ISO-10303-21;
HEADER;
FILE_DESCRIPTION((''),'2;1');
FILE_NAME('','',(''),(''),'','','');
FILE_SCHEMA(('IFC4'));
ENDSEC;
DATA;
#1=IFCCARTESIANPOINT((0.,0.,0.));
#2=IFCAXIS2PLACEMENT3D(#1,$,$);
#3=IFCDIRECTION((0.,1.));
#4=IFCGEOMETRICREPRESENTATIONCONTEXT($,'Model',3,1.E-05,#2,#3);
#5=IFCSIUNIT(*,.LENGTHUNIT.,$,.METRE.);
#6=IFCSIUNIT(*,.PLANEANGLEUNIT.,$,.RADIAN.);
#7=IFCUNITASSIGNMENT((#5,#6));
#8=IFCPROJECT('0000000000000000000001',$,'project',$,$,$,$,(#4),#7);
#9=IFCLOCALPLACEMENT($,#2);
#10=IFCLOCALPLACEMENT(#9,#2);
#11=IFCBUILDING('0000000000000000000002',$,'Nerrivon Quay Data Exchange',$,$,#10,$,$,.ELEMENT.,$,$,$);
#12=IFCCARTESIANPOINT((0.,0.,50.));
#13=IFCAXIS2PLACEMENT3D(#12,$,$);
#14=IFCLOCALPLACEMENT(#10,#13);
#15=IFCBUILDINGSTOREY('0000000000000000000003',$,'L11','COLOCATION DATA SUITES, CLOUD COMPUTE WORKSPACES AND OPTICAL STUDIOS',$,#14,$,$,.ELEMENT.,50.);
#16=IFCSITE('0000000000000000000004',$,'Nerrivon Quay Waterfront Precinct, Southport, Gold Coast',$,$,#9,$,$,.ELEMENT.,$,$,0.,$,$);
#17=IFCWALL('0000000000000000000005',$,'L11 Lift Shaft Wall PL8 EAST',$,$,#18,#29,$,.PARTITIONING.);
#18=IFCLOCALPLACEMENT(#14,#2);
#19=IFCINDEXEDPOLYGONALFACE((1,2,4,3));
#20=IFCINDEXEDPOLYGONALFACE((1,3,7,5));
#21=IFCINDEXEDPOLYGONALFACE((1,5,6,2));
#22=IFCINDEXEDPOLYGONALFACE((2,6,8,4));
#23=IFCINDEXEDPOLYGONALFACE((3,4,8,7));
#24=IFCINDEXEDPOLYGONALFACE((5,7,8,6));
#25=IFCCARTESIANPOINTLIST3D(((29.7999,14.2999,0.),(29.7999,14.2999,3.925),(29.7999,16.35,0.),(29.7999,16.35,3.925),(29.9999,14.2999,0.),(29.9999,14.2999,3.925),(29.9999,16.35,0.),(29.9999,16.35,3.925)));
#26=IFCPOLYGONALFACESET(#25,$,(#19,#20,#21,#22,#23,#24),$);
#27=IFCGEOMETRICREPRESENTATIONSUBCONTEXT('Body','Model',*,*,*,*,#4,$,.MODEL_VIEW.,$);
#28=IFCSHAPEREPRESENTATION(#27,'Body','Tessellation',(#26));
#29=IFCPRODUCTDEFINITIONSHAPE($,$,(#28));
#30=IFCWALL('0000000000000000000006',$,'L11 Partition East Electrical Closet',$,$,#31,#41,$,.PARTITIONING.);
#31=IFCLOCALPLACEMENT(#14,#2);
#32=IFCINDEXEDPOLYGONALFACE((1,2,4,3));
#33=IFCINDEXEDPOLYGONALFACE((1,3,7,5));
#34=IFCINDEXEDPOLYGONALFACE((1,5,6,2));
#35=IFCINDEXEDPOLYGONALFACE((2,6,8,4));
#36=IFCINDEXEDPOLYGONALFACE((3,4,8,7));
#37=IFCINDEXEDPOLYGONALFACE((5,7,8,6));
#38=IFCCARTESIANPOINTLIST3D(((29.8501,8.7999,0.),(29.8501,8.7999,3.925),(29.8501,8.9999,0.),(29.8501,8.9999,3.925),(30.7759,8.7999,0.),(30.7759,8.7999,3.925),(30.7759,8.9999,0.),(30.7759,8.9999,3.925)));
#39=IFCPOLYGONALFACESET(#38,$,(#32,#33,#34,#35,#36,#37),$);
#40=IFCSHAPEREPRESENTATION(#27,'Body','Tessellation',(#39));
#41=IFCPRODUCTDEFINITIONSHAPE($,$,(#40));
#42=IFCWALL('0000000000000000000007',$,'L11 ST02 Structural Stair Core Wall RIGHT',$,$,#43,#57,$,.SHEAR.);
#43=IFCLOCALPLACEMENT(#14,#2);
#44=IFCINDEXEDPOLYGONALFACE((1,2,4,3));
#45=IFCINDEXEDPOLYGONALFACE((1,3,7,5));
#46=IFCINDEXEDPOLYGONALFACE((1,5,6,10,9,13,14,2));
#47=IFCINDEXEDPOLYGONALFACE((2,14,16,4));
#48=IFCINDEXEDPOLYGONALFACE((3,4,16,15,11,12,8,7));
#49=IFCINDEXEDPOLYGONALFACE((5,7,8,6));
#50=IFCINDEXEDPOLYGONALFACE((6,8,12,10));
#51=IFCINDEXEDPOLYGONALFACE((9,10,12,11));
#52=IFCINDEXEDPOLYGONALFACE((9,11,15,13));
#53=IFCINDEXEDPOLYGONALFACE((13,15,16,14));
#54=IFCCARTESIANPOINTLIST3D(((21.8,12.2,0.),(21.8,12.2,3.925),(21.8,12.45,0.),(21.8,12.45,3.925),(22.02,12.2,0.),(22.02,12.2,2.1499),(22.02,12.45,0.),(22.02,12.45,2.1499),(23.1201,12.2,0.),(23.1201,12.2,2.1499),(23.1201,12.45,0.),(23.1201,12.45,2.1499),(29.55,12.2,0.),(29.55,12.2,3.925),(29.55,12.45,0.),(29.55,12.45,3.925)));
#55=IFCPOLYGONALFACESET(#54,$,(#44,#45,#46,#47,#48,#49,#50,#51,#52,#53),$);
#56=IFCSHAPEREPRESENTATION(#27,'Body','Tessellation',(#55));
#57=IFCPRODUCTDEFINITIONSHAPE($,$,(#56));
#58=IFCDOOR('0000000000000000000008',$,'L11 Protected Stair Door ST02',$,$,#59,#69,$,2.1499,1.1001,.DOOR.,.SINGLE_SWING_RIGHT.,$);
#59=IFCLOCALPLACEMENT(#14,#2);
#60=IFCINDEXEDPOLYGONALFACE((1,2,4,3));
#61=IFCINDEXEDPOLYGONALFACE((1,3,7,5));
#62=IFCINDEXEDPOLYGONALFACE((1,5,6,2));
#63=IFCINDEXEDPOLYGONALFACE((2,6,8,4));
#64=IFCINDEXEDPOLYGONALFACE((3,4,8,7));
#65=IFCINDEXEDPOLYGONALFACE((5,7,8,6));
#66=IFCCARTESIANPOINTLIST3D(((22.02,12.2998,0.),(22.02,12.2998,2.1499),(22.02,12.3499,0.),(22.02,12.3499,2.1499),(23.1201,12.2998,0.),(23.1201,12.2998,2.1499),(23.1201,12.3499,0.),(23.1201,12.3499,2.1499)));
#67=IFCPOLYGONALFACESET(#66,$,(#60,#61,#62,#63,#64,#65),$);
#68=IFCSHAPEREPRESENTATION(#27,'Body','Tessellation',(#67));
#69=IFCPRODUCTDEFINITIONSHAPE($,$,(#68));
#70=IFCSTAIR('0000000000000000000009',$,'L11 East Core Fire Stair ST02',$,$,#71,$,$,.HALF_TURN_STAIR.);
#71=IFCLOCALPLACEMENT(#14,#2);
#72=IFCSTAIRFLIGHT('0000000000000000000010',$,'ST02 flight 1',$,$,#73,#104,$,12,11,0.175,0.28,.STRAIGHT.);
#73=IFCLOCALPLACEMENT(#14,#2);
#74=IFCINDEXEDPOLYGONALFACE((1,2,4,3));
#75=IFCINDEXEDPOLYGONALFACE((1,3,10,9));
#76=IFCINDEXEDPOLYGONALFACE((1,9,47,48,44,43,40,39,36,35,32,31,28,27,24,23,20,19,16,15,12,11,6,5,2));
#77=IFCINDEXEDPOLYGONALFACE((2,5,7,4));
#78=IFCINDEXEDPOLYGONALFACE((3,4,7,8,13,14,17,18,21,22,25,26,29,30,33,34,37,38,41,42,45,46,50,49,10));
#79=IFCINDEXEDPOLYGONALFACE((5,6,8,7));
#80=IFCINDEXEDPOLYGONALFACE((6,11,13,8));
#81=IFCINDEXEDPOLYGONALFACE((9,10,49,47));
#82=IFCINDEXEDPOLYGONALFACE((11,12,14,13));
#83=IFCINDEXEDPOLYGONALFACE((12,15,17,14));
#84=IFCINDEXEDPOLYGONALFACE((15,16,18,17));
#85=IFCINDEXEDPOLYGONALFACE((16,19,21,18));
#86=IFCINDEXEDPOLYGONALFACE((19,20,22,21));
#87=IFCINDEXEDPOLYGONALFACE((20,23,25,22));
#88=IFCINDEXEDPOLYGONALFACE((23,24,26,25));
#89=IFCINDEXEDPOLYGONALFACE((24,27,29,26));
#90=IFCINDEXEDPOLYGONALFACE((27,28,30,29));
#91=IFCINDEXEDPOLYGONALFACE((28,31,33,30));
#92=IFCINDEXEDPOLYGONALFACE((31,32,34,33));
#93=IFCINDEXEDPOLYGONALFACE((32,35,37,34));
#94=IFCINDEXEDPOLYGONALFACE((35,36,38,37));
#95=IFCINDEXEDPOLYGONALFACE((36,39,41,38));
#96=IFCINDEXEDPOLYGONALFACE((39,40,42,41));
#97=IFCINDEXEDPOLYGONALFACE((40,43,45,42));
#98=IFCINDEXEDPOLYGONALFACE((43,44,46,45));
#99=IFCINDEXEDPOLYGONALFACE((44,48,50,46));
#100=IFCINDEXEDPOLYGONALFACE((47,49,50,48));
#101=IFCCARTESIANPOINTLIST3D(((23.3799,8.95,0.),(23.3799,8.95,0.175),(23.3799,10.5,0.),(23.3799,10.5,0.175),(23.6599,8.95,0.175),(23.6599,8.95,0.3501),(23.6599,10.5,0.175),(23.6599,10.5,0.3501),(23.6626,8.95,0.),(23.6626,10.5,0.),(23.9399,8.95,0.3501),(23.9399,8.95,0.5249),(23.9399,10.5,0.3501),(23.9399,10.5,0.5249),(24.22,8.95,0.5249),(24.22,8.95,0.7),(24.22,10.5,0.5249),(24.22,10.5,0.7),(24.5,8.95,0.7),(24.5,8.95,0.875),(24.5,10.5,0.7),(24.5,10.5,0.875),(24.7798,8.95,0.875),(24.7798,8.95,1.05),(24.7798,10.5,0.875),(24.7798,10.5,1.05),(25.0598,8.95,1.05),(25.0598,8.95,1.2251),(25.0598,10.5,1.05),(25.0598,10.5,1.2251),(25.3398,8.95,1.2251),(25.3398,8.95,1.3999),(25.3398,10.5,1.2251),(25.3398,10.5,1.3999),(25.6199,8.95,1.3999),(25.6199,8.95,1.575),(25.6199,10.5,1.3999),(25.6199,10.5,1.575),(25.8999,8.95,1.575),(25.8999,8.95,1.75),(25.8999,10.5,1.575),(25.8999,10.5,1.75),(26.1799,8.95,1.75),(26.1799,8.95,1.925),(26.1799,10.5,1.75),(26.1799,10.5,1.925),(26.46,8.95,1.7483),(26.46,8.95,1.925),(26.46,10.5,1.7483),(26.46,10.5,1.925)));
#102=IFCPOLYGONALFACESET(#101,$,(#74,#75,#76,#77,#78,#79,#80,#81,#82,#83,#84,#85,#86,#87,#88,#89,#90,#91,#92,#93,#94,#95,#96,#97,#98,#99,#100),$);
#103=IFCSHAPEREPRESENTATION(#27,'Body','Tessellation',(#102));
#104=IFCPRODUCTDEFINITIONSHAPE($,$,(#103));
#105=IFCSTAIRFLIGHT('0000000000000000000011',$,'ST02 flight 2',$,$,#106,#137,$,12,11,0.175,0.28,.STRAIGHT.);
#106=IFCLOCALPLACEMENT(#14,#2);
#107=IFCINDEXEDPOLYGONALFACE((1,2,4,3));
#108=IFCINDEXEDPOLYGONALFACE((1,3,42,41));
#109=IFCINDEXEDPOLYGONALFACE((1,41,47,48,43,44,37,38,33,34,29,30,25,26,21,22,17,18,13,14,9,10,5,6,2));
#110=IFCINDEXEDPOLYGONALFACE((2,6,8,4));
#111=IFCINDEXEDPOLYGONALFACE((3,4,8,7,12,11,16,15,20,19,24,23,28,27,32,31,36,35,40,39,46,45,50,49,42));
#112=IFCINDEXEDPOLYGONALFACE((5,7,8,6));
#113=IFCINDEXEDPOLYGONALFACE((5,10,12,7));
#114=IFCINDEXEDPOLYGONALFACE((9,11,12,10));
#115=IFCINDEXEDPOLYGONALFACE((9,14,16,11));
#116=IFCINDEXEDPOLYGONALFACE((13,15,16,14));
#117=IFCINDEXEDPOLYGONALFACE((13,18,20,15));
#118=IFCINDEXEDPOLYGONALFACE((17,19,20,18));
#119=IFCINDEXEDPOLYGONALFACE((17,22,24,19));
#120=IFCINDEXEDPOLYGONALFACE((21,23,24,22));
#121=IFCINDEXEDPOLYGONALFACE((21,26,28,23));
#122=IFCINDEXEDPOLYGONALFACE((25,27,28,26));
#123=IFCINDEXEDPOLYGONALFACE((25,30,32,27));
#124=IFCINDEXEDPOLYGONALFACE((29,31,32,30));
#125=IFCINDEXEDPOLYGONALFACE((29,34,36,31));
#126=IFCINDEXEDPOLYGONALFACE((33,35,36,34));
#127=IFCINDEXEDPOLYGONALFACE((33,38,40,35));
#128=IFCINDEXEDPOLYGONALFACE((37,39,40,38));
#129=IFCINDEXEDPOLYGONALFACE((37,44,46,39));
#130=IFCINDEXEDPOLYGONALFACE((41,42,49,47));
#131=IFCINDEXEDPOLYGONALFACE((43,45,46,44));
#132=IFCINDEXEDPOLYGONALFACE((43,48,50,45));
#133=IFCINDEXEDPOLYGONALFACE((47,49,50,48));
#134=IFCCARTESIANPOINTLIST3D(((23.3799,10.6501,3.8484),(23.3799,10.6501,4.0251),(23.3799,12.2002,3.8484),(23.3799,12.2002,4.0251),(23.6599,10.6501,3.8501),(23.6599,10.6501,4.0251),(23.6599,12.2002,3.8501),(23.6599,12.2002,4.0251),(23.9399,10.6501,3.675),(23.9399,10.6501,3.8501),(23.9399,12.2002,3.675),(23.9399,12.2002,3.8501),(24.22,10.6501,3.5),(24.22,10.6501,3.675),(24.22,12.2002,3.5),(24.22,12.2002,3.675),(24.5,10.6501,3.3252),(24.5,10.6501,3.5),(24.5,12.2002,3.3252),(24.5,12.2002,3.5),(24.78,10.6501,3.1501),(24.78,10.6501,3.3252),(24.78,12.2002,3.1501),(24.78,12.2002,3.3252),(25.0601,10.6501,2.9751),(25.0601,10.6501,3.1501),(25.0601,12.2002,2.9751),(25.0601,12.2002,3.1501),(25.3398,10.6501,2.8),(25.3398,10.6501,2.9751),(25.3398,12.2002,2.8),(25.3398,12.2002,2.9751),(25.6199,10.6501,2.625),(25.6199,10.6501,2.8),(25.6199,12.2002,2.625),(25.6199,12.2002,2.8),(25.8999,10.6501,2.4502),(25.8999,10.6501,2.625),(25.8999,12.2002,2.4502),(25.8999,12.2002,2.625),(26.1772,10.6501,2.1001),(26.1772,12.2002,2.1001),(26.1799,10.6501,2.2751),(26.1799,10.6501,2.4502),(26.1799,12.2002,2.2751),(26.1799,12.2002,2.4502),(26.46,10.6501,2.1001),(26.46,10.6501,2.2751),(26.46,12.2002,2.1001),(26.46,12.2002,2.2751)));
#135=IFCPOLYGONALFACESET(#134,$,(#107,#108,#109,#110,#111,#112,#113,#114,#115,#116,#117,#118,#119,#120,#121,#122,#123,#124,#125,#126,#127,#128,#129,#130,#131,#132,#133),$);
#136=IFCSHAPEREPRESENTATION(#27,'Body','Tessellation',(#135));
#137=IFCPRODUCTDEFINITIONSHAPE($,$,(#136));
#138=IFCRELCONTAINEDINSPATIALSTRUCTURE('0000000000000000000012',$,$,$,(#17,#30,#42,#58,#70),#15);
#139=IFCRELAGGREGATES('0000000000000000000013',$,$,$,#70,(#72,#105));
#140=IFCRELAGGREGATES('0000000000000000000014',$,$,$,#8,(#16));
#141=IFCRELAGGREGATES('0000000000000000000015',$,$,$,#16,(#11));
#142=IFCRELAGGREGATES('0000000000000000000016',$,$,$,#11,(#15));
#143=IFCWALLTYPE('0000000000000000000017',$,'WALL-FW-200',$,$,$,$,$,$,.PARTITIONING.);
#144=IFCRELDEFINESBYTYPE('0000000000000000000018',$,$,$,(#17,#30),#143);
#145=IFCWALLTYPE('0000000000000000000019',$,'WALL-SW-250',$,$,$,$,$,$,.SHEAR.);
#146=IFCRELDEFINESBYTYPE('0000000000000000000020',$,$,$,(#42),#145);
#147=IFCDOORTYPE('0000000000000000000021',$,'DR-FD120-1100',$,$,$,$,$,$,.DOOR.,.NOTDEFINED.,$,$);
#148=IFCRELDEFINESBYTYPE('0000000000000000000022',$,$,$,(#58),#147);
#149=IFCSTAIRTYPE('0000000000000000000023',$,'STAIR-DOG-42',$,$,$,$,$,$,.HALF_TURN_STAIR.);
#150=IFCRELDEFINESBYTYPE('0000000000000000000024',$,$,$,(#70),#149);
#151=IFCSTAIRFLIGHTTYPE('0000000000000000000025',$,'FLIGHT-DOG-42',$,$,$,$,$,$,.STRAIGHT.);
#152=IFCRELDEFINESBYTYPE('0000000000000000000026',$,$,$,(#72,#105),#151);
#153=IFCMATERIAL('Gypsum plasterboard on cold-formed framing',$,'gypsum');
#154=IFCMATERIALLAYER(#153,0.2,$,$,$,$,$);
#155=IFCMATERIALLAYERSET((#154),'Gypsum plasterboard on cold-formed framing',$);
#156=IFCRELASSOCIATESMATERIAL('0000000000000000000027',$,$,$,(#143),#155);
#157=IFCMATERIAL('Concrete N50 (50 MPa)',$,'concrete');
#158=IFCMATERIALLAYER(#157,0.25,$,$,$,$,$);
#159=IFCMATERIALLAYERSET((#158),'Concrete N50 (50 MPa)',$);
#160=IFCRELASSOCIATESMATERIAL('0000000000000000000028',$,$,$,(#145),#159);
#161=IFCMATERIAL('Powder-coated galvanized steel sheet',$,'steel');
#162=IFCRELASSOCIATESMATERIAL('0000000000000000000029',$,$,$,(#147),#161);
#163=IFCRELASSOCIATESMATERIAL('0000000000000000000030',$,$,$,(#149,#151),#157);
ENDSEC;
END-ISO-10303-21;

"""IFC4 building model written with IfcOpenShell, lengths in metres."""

from ifc_helpers import new_model, si_unit, direction, frame, frame_2d, origin, place, context, subcontext, project, spatial, polyline, rectangle, outline, extrude, material, layer, layer_set, type_object, element, fill, aggregate, save


model = new_model("IFC4")

# Units and contexts
model_context = context("Model", 3, precision=1e-05, world=origin(), true_north=direction((0.0, 1.0)))
body_context = subcontext(model_context, "Body", "Model", "MODEL_VIEW")
ifc_project = project(units=[si_unit("LENGTHUNIT", "METRE"), si_unit("PLANEANGLEUNIT", "RADIAN")], contexts=[model_context])

# Site, building, storey
site_placement = place(None, origin())
site = spatial("IfcSite", under=ifc_project, at=site_placement, Name="Nerrivon Quay Waterfront Precinct, Southport, Gold Coast", CompositionType="ELEMENT", RefElevation=0.0)
building_placement = place(site_placement, origin())
building = spatial("IfcBuilding", under=site, at=building_placement, Name="Nerrivon Quay Data Exchange", CompositionType="ELEMENT")
storey_placement = place(building_placement, frame((0.0, 0.0, 50.0)))
storey = spatial("IfcBuildingStorey", under=building, at=storey_placement, Name="L11", Description="COLOCATION DATA SUITES, CLOUD COMPUTE WORKSPACES AND OPTICAL STUDIOS", CompositionType="ELEMENT", Elevation=50.0)

# Shared definitions
ifc_material_1 = material(Name="Gypsum plasterboard on cold-formed framing", Category="gypsum")
ifc_layer_1 = layer(ifc_material_1, 0.2)
ifc_layer_set_1 = layer_set([ifc_layer_1], Name="Gypsum plasterboard on cold-formed framing")
wall_type_1 = type_object("IfcWallType", Name="WALL-FW-200", PredefinedType="PARTITIONING", material=ifc_layer_set_1)

# Shared definitions
ifc_material_2 = material(Name="Powder-coated galvanized steel sheet", Category="steel")

# Walls
wall_1_placement = place(storey_placement, frame((29.8999, 14.3, 0.0), z_axis=(0.0, 0.0, 1.0), x_axis=(0.0, 1.0, 0.0)))
element("IfcWall", 1, at=wall_1_placement, inside=storey, type_object=wall_type_1, Name="L11 Lift Shaft Wall PL8 EAST", PredefinedType="PARTITIONING", context=body_context, shape_type="SweptSolid", body=[
    extrude(rectangle(XDim=2.05, YDim=0.2, at=frame_2d((1.0249, 0.0))), origin(), (0.0, 0.0, 1.0), 3.925),
])
wall_2_placement = place(storey_placement, frame((29.8501, 8.8999, 0.0), z_axis=(0.0, 0.0, 1.0), x_axis=(1.0, 0.0, 0.0)))
element("IfcWall", 2, at=wall_2_placement, inside=storey, type_object=wall_type_1, Name="L11 Partition East Electrical Closet", PredefinedType="PARTITIONING", context=body_context, shape_type="SweptSolid", body=[
    extrude(rectangle(XDim=0.9258, YDim=0.2, at=frame_2d((0.4629, 0.0))), origin(), (0.0, 0.0, 1.0), 3.925),
])

# Wall, opening, door
ifc_material_3 = material(Name="Concrete N50 (50 MPa)", Category="concrete")
ifc_layer_2 = layer(ifc_material_3, 0.25)
ifc_layer_set_2 = layer_set([ifc_layer_2], Name="Concrete N50 (50 MPa)")
wall_type_2 = type_object("IfcWallType", Name="WALL-SW-250", PredefinedType="SHEAR", material=ifc_layer_set_2)
wall_3_placement = place(storey_placement, frame((21.8, 12.325, 0.0), z_axis=(0.0, 0.0, 1.0), x_axis=(1.0, 0.0, 0.0)))
wall_3 = element("IfcWall", 3, at=wall_3_placement, inside=storey, type_object=wall_type_2, Name="L11 ST02 Structural Stair Core Wall RIGHT", PredefinedType="SHEAR", context=body_context, shape_type="SweptSolid", body=[
    extrude(rectangle(XDim=7.75, YDim=0.25, at=frame_2d((3.875, 0.0))), origin(), (0.0, 0.0, 1.0), 3.925),
])
opening_1_placement = place(wall_3_placement, frame((0.22, 0.0, 0.0)))
opening_1 = element("IfcOpeningElement", 4, at=opening_1_placement, cuts=wall_3, PredefinedType="OPENING", context=body_context, shape_type="SweptSolid", body=[
    extrude(rectangle(XDim=1.1001, YDim=2.1499, at=frame_2d((0.55, 1.075))), frame((0.0, 0.135, 0.0), z_axis=(0.0, -1.0, 0.0), x_axis=(1.0, 0.0, 0.0)), (0.0, 0.0, 1.0), 0.27),
])
door_type_1 = type_object("IfcDoorType", Name="DR-FD120-1100", OperationType="NOTDEFINED", PredefinedType="DOOR", material=ifc_material_2)
door_1_placement = place(opening_1_placement, origin())
door_1 = element("IfcDoor", 5, at=door_1_placement, inside=storey, type_object=door_type_1, Name="L11 Protected Stair Door ST02", OperationType="SINGLE_SWING_RIGHT", OverallHeight=2.1499, OverallWidth=1.1001, PredefinedType="DOOR", context=body_context, shape_type="SweptSolid", body=[
    extrude(rectangle(XDim=1.1001, YDim=2.1499, at=frame_2d((0.55, 1.075))), frame((0.0, 0.0249, 0.0), z_axis=(0.0, -1.0, 0.0), x_axis=(1.0, 0.0, 0.0)), (0.0, 0.0, 1.0), 0.05),
])
fill(opening_1, door_1)

# Stair, stair flights
stair_type = type_object("IfcStairType", Name="STAIR-DOG-42", PredefinedType="HALF_TURN_STAIR", material=ifc_material_3)
stair_placement = place(storey_placement, origin())
stair = element("IfcStair", 6, at=stair_placement, inside=storey, type_object=stair_type, Name="L11 East Core Fire Stair ST02", PredefinedType="HALF_TURN_STAIR")
stair_flight_type = type_object("IfcStairFlightType", Name="FLIGHT-DOG-42", PredefinedType="STRAIGHT", material=ifc_material_3)
stair_flight_1_placement = place(storey_placement, frame((23.3799, 9.7251, 0.0), z_axis=(0.0, 0.0, 1.0), x_axis=(1.0, 0.0, 0.0)))
stair_flight_1 = element("IfcStairFlight", 7, at=stair_flight_1_placement, type_object=stair_flight_type, Name="ST02 flight 1", NumberOfRisers=12, NumberOfTreads=11, PredefinedType="STRAIGHT", RiserHeight=0.175, TreadLength=0.28, context=body_context, shape_type="SweptSolid", body=[
    extrude(outline(polyline([(0.0, 0.0), (0.0, 0.175), (0.28, 0.175), (0.28, 0.3501), (0.5601, 0.3501), (0.5601, 0.5249), (0.8401, 0.5249), (0.8401, 0.7), (1.1201, 0.7), (1.1201, 0.875), (1.3999, 0.875), (1.3999, 1.05), (1.6799, 1.05), (1.6799, 1.2251), (1.96, 1.2251), (1.96, 1.3999), (2.24, 1.3999), (2.24, 1.575), (2.52, 1.575), (2.52, 1.75), (2.8, 1.75), (2.8, 1.925), (3.0801, 1.925), (3.0801, 2.1001), (3.0801, 1.7483), (0.2827, 0.0), (0.0, 0.0)])), frame((0.0, 0.7749, 0.0), z_axis=(0.0, -1.0, 0.0), x_axis=(1.0, 0.0, 0.0)), (0.0, 0.0, 1.0), 1.55),
])
stair_flight_2_placement = place(storey_placement, frame((26.46, 11.425, 2.1001), z_axis=(0.0, 0.0, 1.0), x_axis=(-1.0, 0.0, 0.0)))
stair_flight_2 = element("IfcStairFlight", 8, at=stair_flight_2_placement, type_object=stair_flight_type, Name="ST02 flight 2", NumberOfRisers=12, NumberOfTreads=11, PredefinedType="STRAIGHT", RiserHeight=0.175, TreadLength=0.28, context=body_context, shape_type="SweptSolid", body=[
    extrude(outline(polyline([(0.0, 0.0), (0.0, 0.175), (0.28, 0.175), (0.28, 0.3501), (0.5601, 0.3501), (0.5601, 0.5249), (0.8401, 0.5249), (0.8401, 0.7), (1.1201, 0.7), (1.1201, 0.875), (1.3999, 0.875), (1.3999, 1.05), (1.6799, 1.05), (1.6799, 1.2251), (1.96, 1.2251), (1.96, 1.3999), (2.24, 1.3999), (2.24, 1.575), (2.52, 1.575), (2.52, 1.75), (2.8, 1.75), (2.8, 1.925), (3.0801, 1.925), (3.0801, 2.1001), (3.0801, 1.7483), (0.2827, 0.0), (0.0, 0.0)])), frame((0.0, 0.7749, 0.0), z_axis=(0.0, -1.0, 0.0), x_axis=(1.0, 0.0, 0.0)), (0.0, 0.0, 1.0), 1.55),
])
aggregate(stair, [stair_flight_1, stair_flight_2])

save(model, "model.ifc")
